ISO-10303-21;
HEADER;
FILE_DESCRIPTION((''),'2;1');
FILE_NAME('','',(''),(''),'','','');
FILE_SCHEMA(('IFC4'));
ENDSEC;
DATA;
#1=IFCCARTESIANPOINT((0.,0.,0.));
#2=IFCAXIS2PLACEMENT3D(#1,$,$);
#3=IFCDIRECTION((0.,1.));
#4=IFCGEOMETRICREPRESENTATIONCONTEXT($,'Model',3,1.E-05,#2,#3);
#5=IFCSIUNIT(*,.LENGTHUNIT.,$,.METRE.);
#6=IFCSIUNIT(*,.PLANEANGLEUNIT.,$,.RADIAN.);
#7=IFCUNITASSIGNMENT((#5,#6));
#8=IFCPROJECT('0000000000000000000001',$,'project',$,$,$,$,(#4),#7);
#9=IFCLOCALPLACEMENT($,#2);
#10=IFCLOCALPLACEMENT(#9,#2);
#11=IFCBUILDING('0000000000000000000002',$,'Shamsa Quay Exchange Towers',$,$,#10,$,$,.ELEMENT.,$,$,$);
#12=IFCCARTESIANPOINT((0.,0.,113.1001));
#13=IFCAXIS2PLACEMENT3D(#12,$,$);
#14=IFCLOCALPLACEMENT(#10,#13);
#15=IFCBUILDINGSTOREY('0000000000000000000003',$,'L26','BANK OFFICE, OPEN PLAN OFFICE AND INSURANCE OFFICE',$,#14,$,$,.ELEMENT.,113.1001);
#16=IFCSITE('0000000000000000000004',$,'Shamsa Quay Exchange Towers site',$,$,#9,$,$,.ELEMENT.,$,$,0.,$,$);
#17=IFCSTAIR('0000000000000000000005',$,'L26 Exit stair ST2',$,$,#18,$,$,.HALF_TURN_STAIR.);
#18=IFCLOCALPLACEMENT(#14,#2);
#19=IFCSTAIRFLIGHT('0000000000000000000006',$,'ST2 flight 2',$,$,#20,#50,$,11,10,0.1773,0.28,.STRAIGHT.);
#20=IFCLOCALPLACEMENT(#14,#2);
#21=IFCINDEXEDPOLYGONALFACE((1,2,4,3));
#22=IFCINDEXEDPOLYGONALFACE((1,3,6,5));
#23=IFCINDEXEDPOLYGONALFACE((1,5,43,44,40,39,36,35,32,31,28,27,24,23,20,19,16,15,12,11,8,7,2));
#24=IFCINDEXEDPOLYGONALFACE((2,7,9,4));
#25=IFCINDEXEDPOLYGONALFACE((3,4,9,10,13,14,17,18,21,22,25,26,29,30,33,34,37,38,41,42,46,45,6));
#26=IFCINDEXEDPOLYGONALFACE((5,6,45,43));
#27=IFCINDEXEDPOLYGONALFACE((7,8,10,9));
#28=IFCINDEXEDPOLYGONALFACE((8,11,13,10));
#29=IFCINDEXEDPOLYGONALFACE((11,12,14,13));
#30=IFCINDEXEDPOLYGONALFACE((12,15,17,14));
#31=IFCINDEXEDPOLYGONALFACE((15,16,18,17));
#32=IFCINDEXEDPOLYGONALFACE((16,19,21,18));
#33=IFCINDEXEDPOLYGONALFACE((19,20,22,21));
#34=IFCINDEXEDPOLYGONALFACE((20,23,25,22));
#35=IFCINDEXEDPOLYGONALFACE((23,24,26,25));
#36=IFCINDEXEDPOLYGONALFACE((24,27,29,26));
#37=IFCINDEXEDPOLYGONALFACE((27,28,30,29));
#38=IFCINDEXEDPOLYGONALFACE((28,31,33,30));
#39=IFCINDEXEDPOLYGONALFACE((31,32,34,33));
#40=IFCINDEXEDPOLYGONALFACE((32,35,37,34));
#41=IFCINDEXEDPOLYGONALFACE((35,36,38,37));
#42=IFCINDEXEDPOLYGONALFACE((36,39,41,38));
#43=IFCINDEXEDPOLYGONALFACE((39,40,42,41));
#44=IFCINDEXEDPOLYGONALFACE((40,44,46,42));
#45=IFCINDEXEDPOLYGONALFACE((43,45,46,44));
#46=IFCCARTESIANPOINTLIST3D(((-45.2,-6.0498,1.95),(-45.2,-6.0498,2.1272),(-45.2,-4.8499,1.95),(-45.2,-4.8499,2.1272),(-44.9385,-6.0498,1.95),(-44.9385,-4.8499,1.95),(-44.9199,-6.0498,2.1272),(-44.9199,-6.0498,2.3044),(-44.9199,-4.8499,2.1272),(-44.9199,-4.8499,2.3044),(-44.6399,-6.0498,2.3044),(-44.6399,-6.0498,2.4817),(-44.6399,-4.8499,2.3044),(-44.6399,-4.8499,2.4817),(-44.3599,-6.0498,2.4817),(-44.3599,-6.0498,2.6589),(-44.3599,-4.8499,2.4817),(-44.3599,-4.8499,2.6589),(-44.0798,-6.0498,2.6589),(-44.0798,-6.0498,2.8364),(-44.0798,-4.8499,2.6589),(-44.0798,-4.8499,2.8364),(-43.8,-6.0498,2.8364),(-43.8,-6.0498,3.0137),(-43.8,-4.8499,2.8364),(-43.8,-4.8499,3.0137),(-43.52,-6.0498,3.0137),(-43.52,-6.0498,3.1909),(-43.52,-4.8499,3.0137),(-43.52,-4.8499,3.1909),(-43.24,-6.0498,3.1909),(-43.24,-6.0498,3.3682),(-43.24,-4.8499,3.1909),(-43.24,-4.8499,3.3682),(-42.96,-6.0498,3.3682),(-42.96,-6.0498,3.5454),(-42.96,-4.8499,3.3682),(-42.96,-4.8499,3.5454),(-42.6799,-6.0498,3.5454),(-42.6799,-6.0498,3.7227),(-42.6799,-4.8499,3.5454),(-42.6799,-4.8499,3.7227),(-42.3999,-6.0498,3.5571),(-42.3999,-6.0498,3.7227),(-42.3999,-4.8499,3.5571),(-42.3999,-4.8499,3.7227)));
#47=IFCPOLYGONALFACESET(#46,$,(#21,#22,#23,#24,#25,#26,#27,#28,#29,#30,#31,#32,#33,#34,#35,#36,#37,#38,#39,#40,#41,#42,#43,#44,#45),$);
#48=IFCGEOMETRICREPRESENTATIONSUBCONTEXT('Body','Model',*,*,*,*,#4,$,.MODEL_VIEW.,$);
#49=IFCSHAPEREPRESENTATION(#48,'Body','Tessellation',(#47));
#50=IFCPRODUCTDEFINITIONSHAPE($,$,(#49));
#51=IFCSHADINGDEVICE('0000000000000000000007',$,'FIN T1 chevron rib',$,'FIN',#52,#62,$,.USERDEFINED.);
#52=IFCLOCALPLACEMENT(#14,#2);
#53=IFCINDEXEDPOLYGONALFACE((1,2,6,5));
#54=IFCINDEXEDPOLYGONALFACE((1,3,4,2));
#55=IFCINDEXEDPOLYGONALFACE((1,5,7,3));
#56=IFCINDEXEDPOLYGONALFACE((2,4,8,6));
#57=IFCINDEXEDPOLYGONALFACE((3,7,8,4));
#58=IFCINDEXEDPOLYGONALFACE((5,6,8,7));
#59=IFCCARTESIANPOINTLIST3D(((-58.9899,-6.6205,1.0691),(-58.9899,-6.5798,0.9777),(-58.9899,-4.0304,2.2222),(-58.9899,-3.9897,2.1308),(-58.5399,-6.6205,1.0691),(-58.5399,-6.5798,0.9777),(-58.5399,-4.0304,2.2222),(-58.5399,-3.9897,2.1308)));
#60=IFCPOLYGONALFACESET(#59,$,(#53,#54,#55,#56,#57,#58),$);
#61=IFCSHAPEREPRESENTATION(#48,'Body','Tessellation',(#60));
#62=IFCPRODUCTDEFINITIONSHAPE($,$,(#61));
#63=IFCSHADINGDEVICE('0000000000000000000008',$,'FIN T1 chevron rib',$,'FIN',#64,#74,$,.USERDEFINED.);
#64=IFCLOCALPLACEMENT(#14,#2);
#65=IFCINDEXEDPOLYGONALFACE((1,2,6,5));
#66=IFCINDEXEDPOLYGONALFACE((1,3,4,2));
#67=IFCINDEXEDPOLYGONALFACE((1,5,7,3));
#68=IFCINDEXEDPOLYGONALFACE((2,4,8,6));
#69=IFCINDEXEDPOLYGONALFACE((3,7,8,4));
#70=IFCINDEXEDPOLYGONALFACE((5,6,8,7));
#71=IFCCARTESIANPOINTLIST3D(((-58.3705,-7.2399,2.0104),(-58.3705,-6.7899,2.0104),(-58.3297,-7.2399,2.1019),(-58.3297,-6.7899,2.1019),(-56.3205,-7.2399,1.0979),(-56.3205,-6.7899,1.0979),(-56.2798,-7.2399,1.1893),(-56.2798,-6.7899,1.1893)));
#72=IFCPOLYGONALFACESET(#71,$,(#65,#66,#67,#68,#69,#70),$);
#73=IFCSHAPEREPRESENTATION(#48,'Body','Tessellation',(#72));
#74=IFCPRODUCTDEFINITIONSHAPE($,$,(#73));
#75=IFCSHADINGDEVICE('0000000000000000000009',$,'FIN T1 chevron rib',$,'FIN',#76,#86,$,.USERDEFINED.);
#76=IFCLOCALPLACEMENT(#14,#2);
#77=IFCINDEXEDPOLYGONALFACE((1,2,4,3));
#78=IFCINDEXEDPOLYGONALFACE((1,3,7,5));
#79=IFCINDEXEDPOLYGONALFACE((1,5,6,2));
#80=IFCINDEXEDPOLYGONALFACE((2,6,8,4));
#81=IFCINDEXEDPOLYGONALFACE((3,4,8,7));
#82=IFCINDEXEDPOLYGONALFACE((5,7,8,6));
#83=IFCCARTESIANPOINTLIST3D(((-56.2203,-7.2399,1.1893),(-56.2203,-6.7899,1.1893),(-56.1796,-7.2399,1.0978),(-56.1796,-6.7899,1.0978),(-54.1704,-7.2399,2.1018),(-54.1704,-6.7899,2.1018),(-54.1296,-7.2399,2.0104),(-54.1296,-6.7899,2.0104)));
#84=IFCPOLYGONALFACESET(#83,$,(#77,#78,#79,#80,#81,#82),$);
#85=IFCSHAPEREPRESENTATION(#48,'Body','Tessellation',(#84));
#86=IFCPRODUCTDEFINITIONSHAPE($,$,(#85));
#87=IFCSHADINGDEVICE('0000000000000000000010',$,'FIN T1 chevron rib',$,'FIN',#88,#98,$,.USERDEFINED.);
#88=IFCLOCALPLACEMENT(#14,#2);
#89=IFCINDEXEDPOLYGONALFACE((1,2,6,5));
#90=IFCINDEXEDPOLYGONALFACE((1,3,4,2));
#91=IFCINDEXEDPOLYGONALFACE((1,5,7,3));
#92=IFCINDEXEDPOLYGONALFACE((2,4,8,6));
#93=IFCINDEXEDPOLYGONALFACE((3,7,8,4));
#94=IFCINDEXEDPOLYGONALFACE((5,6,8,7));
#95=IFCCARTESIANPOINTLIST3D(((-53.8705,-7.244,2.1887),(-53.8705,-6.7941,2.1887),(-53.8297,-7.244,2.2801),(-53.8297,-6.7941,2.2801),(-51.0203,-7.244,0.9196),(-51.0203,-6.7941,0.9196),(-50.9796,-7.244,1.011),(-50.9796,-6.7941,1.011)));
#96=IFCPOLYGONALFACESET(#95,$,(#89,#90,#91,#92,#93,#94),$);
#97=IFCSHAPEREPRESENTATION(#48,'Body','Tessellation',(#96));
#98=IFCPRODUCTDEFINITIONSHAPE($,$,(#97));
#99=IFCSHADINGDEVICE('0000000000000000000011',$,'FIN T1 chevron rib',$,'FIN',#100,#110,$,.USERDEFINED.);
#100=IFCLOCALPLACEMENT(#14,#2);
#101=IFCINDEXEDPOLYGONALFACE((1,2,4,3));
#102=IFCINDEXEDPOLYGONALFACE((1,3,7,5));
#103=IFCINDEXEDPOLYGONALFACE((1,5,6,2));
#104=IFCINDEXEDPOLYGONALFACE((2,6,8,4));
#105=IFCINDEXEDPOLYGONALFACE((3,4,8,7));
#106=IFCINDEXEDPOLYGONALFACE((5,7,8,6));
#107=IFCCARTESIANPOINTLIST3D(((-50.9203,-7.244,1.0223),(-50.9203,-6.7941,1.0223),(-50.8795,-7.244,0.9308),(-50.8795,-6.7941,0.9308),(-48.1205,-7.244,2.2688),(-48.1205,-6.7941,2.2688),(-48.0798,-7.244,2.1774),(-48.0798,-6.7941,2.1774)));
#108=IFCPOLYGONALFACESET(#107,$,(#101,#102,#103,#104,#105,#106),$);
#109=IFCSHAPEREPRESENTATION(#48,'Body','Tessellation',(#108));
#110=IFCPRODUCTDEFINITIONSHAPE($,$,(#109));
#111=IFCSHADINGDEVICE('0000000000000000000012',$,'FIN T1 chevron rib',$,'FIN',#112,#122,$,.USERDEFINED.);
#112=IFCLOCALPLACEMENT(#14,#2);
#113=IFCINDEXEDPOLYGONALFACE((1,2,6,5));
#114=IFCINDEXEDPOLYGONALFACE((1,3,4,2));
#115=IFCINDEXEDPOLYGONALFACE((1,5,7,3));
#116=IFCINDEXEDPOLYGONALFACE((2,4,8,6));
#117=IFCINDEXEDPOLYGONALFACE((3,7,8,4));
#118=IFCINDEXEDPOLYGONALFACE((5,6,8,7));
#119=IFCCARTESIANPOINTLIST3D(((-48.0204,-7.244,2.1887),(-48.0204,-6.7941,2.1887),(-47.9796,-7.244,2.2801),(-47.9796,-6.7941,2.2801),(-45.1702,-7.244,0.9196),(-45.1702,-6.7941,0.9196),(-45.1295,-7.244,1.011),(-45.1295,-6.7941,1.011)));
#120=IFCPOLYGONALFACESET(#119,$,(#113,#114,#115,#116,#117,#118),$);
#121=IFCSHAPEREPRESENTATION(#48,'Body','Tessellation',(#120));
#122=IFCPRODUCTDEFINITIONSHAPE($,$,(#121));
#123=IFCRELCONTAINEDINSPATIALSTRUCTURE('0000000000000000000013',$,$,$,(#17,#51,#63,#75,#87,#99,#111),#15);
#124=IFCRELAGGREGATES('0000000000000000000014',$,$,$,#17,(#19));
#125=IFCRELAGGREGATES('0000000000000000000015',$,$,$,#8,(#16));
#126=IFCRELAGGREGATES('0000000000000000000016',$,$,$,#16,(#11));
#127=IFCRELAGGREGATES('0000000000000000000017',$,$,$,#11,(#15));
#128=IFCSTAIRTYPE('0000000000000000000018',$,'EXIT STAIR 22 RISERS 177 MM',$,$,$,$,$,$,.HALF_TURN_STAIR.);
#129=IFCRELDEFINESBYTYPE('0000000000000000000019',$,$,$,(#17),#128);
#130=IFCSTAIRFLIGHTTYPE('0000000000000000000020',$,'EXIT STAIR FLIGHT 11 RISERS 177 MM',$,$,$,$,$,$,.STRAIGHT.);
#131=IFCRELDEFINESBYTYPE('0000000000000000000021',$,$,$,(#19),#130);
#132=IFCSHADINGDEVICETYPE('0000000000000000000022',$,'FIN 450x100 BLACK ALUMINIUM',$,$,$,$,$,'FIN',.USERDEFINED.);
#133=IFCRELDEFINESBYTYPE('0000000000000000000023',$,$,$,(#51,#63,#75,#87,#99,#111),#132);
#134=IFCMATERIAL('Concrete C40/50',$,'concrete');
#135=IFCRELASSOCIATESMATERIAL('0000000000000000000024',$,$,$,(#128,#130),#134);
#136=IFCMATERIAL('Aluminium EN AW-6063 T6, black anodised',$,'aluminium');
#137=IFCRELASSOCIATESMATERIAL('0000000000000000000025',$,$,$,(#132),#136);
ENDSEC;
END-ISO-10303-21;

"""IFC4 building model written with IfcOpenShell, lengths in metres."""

from ifc_helpers import new_model, si_unit, direction, frame, origin, origin_2d, place, context, subcontext, project, spatial, polyline, rectangle, outline, extrude, material, material_profile, profile_set, type_object, element, aggregate, save


model = new_model("IFC4")

# Units and contexts
model_context = context("Model", 3, precision=1e-05, world=origin(), true_north=direction((0.0, 1.0)))
body_context = subcontext(model_context, "Body", "Model", "MODEL_VIEW")
ifc_project = project(units=[si_unit("LENGTHUNIT", "METRE"), si_unit("PLANEANGLEUNIT", "RADIAN")], contexts=[model_context])

# Site, building, storey
site_placement = place(None, origin())
site = spatial("IfcSite", under=ifc_project, at=site_placement, Name="Shamsa Quay Exchange Towers site", CompositionType="ELEMENT", RefElevation=0.0)
building_placement = place(site_placement, origin())
building = spatial("IfcBuilding", under=site, at=building_placement, Name="Shamsa Quay Exchange Towers", CompositionType="ELEMENT")
storey_placement = place(building_placement, frame((0.0, 0.0, 113.1001)))
storey = spatial("IfcBuildingStorey", under=building, at=storey_placement, Name="L26", Description="BANK OFFICE, OPEN PLAN OFFICE AND INSURANCE OFFICE", CompositionType="ELEMENT", Elevation=113.1001)

# Shared definitions
ifc_material_1 = material(Name="Aluminium EN AW-6063 T6, black anodised", Category="aluminium")

# Stair, stair flight
ifc_material_2 = material(Name="Concrete C40/50", Category="concrete")
stair_type = type_object("IfcStairType", Name="EXIT STAIR 22 RISERS 177 MM", PredefinedType="HALF_TURN_STAIR", material=ifc_material_2)
stair_placement = place(storey_placement, origin())
stair = element("IfcStair", 1, at=stair_placement, inside=storey, type_object=stair_type, Name="L26 Exit stair ST2", PredefinedType="HALF_TURN_STAIR")
stair_flight_type = type_object("IfcStairFlightType", Name="EXIT STAIR FLIGHT 11 RISERS 177 MM", PredefinedType="STRAIGHT", material=ifc_material_2)
stair_flight_placement = place(storey_placement, frame((-45.2, -5.45, 1.95)))
stair_flight = element("IfcStairFlight", 2, at=stair_flight_placement, type_object=stair_flight_type, Name="ST2 flight 2", NumberOfRisers=11, NumberOfTreads=10, PredefinedType="STRAIGHT", RiserHeight=0.1773, TreadLength=0.28, context=body_context, shape_type="SweptSolid", body=[
    extrude(outline(polyline([(0.0, 0.0), (0.0, 0.1772), (0.28, 0.1772), (0.28, 0.3545), (0.5601, 0.3545), (0.5601, 0.5317), (0.8401, 0.5317), (0.8401, 0.709), (1.1201, 0.709), (1.1201, 0.8865), (1.3999, 0.8865), (1.3999, 1.0637), (1.6799, 1.0637), (1.6799, 1.241), (1.96, 1.241), (1.96, 1.4182), (2.24, 1.4182), (2.24, 1.5955), (2.52, 1.5955), (2.52, 1.7727), (2.8, 1.7727), (2.8, 1.95), (2.8, 1.6072), (0.2615, 0.0), (0.0, 0.0)])), frame((0.0, 0.6001, 0.0), z_axis=(0.0, -1.0, 0.0), x_axis=(1.0, 0.0, 0.0)), (0.0, 0.0, 1.0), 1.2),
])
aggregate(stair, [stair_flight])

# Shading devices
ifc_material_profile_1 = material_profile(ifc_material_1, rectangle(XDim=0.45, YDim=0.1001, at=origin_2d()), Name="FIN450x100")
ifc_profile_set_1 = profile_set([ifc_material_profile_1], Name="Aluminium EN AW-6063 T6, black anodised")
shading_device_type = type_object("IfcShadingDeviceType", Name="FIN 450x100 BLACK ALUMINIUM", ElementType="FIN", PredefinedType="USERDEFINED", material=ifc_profile_set_1)
shading_device_1_placement = place(storey_placement, frame((-58.7649, -4.01, 2.1765), z_axis=(0.0, -0.913559, -0.406706), x_axis=(1.0, 0.0, 0.0)))
element("IfcShadingDevice", 3, at=shading_device_1_placement, inside=storey, type_object=shading_device_type, Name="FIN T1 chevron rib", ObjectType="FIN", PredefinedType="USERDEFINED", context=body_context, shape_type="SweptSolid", body=[
    extrude(rectangle(XDim=0.45, YDim=0.1001, at=origin_2d()), origin(), (0.0, 0.0, 1.0), 2.8352),
])
for number, where, z_axis, x_axis, name in (
    (4, (-58.3501, -7.0149, 2.0562), (0.913569, 0.0, -0.406684), (0.0, 1.0, 0.0), "FIN T1 chevron rib"),
    (5, (-56.2, -7.0149, 1.1436), (0.913569, 0.0, 0.406684), (0.0, 1.0, 0.0), "FIN T1 chevron rib"),
):
    element("IfcShadingDevice", number, at=place(storey_placement, frame(where, z_axis=z_axis, x_axis=x_axis)), inside=storey, type_object=shading_device_type, Name=name, ObjectType="FIN", PredefinedType="USERDEFINED", context=body_context, shape_type="SweptSolid", body=[
        extrude(rectangle(XDim=0.45, YDim=0.1001, at=origin_2d()), origin(), (0.0, 0.0, 1.0), 2.2439),
    ])
shading_device_2_placement = place(storey_placement, frame((-53.8501, -7.019, 2.2344), z_axis=(0.913534, 0.0, -0.406763), x_axis=(0.0, 1.0, 0.0)))
element("IfcShadingDevice", 6, at=shading_device_2_placement, inside=storey, type_object=shading_device_type, Name="FIN T1 chevron rib", ObjectType="FIN", PredefinedType="USERDEFINED", context=body_context, shape_type="SweptSolid", body=[
    extrude(rectangle(XDim=0.45, YDim=0.1001, at=origin_2d()), origin(), (0.0, 0.0, 1.0), 3.1199),
])
shading_device_3_placement = place(storey_placement, frame((-50.8999, -7.019, 0.9766), z_axis=(0.913542, 0.0, 0.406744), x_axis=(0.0, 1.0, 0.0)))
element("IfcShadingDevice", 7, at=shading_device_3_placement, inside=storey, type_object=shading_device_type, Name="FIN T1 chevron rib", ObjectType="FIN", PredefinedType="USERDEFINED", context=body_context, shape_type="SweptSolid", body=[
    extrude(rectangle(XDim=0.45, YDim=0.1001, at=origin_2d()), origin(), (0.0, 0.0, 1.0), 3.0647),
])
shading_device_4_placement = place(storey_placement, frame((-48.0, -7.019, 2.2344), z_axis=(0.913534, 0.0, -0.406763), x_axis=(0.0, 1.0, 0.0)))
element("IfcShadingDevice", 8, at=shading_device_4_placement, inside=storey, type_object=shading_device_type, Name="FIN T1 chevron rib", ObjectType="FIN", PredefinedType="USERDEFINED", context=body_context, shape_type="SweptSolid", body=[
    extrude(rectangle(XDim=0.45, YDim=0.1001, at=origin_2d()), origin(), (0.0, 0.0, 1.0), 3.1199),
])

save(model, "model.ifc")
